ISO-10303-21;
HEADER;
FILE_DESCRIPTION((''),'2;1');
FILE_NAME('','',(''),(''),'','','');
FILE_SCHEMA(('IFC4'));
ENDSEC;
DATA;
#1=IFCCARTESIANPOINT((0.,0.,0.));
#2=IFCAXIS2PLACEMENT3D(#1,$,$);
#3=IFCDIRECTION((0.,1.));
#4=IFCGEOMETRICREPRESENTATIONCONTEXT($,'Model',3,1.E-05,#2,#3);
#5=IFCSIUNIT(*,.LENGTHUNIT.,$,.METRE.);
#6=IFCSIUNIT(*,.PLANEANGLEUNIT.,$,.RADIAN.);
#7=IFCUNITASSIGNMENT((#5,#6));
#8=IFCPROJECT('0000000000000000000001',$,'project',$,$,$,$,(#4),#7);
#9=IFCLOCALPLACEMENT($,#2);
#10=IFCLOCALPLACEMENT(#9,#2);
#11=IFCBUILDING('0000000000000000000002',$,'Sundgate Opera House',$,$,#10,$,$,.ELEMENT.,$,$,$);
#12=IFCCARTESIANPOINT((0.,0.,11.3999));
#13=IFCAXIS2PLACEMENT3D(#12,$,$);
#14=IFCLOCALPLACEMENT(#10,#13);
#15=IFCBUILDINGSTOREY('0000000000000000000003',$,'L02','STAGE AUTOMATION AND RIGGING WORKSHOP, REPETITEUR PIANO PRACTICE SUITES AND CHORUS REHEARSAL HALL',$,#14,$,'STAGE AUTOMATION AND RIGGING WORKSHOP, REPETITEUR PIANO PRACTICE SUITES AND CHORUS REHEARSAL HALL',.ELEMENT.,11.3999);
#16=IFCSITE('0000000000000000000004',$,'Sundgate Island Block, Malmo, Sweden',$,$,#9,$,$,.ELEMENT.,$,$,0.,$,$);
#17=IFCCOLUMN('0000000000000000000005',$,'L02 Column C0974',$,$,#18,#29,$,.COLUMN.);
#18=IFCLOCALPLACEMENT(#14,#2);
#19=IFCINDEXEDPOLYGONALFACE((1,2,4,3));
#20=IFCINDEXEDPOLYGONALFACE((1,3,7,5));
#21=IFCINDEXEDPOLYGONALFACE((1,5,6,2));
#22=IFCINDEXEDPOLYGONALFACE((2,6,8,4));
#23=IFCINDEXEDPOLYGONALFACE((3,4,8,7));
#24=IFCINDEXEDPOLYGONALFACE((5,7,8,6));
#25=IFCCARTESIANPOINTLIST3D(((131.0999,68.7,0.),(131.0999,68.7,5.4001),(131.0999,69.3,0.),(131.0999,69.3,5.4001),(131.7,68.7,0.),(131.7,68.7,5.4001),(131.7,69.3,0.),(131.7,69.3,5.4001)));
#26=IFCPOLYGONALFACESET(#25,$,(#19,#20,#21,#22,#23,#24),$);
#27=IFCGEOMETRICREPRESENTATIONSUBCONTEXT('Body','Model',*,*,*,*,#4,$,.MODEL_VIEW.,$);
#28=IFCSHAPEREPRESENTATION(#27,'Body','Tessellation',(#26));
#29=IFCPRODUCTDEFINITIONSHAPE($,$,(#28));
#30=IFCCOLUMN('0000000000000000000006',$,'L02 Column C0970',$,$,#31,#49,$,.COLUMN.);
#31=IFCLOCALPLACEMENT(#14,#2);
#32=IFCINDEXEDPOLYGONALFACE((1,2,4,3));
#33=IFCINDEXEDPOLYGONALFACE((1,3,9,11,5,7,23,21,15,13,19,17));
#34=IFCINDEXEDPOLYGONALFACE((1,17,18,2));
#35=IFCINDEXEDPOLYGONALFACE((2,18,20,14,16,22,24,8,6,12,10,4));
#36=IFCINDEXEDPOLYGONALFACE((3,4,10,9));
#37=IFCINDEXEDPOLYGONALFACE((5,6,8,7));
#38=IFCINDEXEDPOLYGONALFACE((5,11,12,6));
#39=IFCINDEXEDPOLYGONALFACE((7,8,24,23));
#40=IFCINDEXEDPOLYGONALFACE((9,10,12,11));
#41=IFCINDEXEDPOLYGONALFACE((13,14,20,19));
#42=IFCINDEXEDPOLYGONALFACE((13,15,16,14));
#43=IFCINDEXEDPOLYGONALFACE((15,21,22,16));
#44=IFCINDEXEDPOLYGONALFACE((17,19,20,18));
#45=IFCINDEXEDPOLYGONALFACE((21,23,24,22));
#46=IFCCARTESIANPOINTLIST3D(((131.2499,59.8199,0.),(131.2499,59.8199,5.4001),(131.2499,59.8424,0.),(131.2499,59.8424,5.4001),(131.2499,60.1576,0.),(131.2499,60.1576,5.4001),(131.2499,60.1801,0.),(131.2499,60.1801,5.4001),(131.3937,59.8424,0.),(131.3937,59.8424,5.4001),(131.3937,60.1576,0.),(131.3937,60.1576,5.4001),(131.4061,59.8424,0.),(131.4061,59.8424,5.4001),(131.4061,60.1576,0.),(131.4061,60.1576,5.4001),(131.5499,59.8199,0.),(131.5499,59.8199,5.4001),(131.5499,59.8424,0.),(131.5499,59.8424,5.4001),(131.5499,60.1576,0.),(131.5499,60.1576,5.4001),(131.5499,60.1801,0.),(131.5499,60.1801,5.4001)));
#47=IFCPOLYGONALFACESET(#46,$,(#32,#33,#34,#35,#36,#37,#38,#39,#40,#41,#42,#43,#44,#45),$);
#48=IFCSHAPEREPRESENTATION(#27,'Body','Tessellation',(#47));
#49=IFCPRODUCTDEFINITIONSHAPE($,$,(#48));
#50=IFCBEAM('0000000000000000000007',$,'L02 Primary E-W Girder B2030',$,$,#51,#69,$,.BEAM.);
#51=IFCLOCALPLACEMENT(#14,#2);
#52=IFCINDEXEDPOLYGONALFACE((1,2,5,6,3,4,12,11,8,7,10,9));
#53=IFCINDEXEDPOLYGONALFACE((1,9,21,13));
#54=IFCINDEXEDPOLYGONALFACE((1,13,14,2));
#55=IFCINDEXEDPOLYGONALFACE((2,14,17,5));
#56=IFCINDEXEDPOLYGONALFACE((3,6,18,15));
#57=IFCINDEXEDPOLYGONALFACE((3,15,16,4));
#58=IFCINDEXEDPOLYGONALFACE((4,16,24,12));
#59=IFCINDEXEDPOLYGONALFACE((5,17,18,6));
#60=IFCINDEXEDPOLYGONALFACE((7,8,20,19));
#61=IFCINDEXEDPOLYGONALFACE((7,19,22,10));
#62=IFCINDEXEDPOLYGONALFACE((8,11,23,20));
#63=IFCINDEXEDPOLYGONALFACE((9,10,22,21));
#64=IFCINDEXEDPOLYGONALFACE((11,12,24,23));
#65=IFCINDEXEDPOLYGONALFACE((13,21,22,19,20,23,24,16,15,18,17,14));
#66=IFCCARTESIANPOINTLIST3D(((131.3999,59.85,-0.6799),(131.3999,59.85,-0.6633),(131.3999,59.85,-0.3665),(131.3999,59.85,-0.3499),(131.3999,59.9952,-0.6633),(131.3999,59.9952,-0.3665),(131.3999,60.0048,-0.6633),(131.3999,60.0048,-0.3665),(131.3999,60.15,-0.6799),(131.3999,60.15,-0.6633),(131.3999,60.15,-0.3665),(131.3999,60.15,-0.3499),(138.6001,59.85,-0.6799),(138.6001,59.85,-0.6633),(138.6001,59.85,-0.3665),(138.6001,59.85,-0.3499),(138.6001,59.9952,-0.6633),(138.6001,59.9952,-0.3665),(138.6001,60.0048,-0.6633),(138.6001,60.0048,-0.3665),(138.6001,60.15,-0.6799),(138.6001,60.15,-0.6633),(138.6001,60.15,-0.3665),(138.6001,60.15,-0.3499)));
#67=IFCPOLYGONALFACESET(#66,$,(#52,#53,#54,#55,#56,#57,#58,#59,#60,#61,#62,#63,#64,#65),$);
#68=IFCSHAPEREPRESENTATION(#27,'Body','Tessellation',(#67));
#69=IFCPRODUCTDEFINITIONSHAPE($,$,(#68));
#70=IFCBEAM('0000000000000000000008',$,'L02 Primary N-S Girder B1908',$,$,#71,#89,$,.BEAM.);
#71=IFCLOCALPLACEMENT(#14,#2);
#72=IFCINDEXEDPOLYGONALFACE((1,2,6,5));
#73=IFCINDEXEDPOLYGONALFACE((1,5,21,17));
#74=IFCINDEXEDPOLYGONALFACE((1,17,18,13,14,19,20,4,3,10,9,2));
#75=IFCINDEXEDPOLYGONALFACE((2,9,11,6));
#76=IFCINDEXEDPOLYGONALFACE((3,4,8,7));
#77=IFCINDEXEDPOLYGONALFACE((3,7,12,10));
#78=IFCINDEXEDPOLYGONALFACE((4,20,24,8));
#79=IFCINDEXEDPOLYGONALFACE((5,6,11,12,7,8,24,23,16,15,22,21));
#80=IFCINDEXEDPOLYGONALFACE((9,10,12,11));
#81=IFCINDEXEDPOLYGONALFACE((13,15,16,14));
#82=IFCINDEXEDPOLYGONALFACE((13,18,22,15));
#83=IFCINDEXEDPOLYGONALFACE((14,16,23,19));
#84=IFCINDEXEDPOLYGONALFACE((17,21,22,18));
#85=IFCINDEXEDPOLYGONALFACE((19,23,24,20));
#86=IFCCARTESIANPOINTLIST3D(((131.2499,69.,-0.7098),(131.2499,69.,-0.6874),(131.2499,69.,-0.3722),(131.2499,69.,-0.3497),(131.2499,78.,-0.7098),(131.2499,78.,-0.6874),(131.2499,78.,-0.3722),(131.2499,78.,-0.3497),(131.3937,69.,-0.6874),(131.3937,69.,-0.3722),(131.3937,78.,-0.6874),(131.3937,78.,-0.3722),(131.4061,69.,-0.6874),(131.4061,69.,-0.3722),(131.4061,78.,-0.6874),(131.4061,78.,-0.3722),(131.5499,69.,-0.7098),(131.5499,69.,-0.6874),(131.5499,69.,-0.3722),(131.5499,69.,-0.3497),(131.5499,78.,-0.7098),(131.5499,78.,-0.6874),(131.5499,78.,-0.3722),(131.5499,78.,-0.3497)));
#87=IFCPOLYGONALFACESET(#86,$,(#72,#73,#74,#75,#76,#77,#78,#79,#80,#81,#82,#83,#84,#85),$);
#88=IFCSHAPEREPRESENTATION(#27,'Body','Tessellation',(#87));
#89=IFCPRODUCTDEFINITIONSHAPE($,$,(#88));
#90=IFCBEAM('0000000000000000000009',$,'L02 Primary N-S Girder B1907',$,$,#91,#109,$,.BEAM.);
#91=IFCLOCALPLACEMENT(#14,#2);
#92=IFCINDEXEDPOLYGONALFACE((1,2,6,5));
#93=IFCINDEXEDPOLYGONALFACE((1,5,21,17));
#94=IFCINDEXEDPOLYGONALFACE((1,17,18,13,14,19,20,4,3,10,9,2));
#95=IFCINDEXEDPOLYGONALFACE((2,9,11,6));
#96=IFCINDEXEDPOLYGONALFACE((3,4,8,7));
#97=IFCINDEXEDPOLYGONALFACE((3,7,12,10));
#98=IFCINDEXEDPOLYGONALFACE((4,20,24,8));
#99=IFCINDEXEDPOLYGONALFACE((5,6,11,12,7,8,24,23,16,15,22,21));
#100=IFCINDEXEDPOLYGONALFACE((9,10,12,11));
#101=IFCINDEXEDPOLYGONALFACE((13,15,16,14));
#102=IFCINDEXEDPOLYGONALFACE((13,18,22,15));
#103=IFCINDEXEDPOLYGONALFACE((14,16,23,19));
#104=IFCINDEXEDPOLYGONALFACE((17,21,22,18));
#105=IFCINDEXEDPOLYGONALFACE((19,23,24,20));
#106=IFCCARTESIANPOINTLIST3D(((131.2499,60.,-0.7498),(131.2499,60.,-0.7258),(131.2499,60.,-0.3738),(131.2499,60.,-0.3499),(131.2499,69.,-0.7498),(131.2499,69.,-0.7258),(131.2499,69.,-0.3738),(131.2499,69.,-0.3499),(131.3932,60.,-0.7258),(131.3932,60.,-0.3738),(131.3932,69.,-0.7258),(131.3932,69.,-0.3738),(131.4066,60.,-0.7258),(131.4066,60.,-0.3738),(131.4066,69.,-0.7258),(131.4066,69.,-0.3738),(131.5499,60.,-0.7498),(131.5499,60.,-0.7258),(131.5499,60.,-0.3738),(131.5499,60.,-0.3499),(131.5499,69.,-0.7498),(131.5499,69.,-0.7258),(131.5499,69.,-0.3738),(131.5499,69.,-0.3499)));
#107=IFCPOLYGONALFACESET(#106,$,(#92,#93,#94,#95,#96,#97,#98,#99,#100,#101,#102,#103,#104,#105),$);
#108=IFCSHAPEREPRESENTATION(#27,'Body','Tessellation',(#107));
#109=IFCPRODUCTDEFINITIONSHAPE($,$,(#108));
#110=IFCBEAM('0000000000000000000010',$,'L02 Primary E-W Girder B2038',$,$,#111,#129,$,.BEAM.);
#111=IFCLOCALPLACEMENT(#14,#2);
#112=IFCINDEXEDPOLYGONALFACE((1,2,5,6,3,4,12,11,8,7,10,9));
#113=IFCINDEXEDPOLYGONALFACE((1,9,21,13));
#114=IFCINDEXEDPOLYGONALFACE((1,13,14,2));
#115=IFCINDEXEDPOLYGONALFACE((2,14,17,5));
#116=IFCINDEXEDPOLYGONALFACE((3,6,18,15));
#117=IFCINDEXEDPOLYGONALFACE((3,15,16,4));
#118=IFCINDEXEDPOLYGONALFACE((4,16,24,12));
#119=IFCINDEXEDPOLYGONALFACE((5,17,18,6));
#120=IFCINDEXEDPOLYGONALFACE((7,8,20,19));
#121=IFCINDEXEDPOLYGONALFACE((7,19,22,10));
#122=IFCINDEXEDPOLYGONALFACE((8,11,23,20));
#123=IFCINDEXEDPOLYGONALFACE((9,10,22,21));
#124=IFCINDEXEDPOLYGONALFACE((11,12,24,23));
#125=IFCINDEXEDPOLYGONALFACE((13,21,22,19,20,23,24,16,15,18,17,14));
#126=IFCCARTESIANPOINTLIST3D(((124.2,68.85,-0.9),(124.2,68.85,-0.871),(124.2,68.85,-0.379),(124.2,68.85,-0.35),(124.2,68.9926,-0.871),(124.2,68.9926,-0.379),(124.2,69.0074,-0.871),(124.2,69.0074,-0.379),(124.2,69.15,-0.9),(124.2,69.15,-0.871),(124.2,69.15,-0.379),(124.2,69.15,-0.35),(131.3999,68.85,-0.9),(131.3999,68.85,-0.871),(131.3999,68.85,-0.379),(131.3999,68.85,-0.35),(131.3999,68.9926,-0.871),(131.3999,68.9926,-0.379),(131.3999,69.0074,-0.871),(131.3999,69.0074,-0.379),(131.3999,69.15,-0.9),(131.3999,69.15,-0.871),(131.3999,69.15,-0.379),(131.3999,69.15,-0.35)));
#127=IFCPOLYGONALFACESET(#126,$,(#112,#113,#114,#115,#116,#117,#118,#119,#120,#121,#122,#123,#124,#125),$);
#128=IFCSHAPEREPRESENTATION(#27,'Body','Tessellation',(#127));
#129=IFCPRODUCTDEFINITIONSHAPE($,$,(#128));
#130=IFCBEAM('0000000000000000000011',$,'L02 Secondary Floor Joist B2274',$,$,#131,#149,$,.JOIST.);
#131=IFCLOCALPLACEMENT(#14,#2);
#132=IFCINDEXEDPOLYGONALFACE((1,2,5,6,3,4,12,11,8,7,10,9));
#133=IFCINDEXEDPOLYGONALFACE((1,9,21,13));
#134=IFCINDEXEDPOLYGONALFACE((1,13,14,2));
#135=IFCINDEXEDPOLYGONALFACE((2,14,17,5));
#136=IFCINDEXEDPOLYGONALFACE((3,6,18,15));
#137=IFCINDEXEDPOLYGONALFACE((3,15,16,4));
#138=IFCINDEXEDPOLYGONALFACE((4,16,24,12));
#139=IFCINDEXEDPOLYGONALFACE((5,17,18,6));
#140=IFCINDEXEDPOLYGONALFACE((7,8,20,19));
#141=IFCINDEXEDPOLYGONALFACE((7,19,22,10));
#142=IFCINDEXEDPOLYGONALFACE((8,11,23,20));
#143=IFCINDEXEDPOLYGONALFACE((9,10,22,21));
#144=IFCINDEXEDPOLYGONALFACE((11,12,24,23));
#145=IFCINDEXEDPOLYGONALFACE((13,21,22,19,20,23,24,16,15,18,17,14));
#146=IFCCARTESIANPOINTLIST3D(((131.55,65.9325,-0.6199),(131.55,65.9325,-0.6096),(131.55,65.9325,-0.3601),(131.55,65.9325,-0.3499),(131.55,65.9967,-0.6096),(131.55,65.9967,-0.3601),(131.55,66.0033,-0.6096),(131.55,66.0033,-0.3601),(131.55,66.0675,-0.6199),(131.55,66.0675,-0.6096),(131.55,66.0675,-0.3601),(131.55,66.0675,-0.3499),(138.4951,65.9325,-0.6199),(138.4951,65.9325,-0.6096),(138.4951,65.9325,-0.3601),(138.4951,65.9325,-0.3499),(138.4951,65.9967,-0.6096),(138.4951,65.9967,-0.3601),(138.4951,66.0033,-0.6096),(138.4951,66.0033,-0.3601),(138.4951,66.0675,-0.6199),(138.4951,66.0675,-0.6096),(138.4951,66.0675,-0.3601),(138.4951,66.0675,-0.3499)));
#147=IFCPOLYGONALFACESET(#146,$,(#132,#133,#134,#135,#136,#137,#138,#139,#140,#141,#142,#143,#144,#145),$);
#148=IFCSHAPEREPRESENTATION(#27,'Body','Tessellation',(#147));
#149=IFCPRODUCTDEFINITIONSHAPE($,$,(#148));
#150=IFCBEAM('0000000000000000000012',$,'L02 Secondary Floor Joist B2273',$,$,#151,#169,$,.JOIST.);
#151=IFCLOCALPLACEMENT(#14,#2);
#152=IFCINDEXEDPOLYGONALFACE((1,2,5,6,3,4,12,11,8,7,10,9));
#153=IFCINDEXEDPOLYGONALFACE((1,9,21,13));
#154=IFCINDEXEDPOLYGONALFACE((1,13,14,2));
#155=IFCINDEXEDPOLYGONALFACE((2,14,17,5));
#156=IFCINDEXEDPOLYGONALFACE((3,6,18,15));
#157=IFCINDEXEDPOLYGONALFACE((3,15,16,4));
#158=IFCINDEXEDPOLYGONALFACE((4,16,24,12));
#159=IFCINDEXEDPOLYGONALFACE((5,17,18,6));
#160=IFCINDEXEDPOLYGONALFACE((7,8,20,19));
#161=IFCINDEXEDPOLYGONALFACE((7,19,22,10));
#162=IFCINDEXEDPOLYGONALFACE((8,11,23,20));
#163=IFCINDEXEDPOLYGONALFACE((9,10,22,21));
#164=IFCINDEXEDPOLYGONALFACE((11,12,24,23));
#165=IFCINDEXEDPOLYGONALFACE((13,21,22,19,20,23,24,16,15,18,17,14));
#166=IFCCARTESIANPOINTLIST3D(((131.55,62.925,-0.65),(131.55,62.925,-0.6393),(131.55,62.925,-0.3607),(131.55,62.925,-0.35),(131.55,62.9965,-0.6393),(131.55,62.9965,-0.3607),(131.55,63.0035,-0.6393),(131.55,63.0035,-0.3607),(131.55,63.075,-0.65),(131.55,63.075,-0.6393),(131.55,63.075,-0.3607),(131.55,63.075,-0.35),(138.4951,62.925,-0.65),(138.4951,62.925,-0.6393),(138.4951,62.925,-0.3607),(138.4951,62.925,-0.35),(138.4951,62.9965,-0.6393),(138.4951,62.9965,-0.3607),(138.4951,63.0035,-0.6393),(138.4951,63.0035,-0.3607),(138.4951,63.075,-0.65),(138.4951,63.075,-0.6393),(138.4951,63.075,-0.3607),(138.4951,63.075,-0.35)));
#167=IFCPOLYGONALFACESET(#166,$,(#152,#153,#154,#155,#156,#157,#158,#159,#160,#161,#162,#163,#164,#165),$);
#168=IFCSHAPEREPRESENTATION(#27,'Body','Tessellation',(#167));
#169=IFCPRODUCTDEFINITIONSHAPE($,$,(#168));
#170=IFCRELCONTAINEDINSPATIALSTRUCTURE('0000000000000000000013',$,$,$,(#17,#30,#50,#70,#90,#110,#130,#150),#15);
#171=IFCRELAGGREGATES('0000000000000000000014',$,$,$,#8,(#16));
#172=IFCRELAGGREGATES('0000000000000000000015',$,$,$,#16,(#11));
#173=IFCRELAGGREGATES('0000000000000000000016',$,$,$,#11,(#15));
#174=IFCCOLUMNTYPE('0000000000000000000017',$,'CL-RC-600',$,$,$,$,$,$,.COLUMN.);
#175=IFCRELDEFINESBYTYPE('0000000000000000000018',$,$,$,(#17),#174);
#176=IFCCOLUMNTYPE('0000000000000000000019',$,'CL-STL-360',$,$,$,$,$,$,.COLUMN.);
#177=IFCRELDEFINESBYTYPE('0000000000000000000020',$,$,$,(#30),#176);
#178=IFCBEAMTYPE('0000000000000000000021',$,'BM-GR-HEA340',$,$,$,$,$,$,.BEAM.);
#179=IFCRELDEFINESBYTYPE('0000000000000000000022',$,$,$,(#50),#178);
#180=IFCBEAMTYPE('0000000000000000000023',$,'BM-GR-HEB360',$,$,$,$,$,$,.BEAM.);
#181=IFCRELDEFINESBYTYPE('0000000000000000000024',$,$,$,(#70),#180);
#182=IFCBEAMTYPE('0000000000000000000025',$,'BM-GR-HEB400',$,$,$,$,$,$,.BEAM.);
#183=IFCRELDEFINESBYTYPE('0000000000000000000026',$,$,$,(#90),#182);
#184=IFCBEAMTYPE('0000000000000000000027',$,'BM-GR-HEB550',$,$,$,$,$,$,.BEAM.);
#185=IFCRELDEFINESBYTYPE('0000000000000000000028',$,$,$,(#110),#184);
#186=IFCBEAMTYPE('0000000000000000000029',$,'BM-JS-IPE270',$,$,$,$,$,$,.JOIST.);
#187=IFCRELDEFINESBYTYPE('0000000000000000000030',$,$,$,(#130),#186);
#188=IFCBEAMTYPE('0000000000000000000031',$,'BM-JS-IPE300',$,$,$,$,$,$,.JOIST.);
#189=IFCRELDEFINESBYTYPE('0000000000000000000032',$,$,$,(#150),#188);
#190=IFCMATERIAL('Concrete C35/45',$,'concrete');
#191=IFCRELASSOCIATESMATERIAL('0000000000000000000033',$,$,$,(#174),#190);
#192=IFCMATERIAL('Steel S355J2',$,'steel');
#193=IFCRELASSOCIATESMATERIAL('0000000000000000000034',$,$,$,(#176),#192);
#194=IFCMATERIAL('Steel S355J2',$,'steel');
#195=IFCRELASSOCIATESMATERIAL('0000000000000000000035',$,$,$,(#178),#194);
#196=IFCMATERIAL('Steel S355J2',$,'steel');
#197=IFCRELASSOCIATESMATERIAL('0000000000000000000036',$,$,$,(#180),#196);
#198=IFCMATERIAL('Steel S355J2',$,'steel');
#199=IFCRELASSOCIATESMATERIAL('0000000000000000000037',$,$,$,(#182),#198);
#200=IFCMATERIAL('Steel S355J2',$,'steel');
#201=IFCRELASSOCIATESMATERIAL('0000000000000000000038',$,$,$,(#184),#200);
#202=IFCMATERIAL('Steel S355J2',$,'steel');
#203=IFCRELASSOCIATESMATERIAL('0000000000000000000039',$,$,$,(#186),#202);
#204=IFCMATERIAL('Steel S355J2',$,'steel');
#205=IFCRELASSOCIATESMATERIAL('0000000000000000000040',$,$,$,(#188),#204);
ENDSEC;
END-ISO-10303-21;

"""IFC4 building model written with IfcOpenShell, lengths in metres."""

from ifc_helpers import new_model, si_unit, direction, frame, origin, origin_2d, place, context, subcontext, project, spatial, rectangle, i_section, extrude, material, material_profile, profile_set, type_object, element, save


model = new_model("IFC4")

# Units and contexts
model_context = context("Model", 3, precision=1e-05, world=origin(), true_north=direction((0.0, 1.0)))
body_context = subcontext(model_context, "Body", "Model", "MODEL_VIEW")
ifc_project = project(units=[si_unit("LENGTHUNIT", "METRE"), si_unit("PLANEANGLEUNIT", "RADIAN")], contexts=[model_context])

# Site, building, storey
site_placement = place(None, origin())
site = spatial("IfcSite", under=ifc_project, at=site_placement, Name="Sundgate Island Block, Malmo, Sweden", CompositionType="ELEMENT", RefElevation=0.0)
building_placement = place(site_placement, origin())
building = spatial("IfcBuilding", under=site, at=building_placement, Name="Sundgate Opera House", CompositionType="ELEMENT")
storey_placement = place(building_placement, frame((0.0, 0.0, 11.3999)))
storey = spatial("IfcBuildingStorey", under=building, at=storey_placement, Name="L02", Description="STAGE AUTOMATION AND RIGGING WORKSHOP, REPETITEUR PIANO PRACTICE SUITES AND CHORUS REHEARSAL HALL", LongName="STAGE AUTOMATION AND RIGGING WORKSHOP, REPETITEUR PIANO PRACTICE SUITES AND CHORUS REHEARSAL HALL", CompositionType="ELEMENT", Elevation=11.3999)

# Columns
ifc_material_1 = material(Name="Concrete C35/45", Category="concrete")
ifc_material_profile_1 = material_profile(ifc_material_1, rectangle(XDim=0.6001, YDim=0.6001, at=origin_2d()), Name="RC 600x600")
ifc_profile_set_1 = profile_set([ifc_material_profile_1], Name="Concrete C35/45")
column_type_1 = type_object("IfcColumnType", Name="CL-RC-600", PredefinedType="COLUMN", material=ifc_profile_set_1)
column_1_placement = place(storey_placement, frame((131.3999, 69.0, 0.0), z_axis=(0.0, 0.0, 1.0), x_axis=(1.0, 0.0, 0.0)))
element("IfcColumn", 1, at=column_1_placement, inside=storey, type_object=column_type_1, Name="L02 Column C0974", PredefinedType="COLUMN", context=body_context, shape_type="SweptSolid", body=[
    extrude(rectangle(XDim=0.6001, YDim=0.6001, at=origin_2d()), origin(), (0.0, 0.0, 1.0), 5.4001),
])
ifc_material_2 = material(Name="Steel S355J2", Category="steel")
ifc_material_profile_2 = material_profile(ifc_material_2, i_section(OverallWidth=0.3, OverallDepth=0.3601, WebThickness=0.0125, FlangeThickness=0.0225, at=origin_2d()), Name="HEB 360")
ifc_profile_set_2 = profile_set([ifc_material_profile_2], Name="Steel S355J2")
column_type_2 = type_object("IfcColumnType", Name="CL-STL-360", PredefinedType="COLUMN", material=ifc_profile_set_2)
column_2_placement = place(storey_placement, frame((131.3999, 60.0, 0.0), z_axis=(0.0, 0.0, 1.0), x_axis=(1.0, 0.0, 0.0)))
element("IfcColumn", 2, at=column_2_placement, inside=storey, type_object=column_type_2, Name="L02 Column C0970", PredefinedType="COLUMN", context=body_context, shape_type="SweptSolid", body=[
    extrude(i_section(OverallWidth=0.3, OverallDepth=0.3601, WebThickness=0.0125, FlangeThickness=0.0225, at=origin_2d()), origin(), (0.0, 0.0, 1.0), 5.4001),
])

# Beams
ifc_material_3 = material(Name="Steel S355J2", Category="steel")
ifc_material_profile_3 = material_profile(ifc_material_3, i_section(OverallWidth=0.3, OverallDepth=0.3301, WebThickness=0.0095, FlangeThickness=0.0166, at=origin_2d()), Name="HEA 340")
ifc_profile_set_3 = profile_set([ifc_material_profile_3], Name="Steel S355J2")
beam_type_1 = type_object("IfcBeamType", Name="BM-GR-HEA340", PredefinedType="BEAM", material=ifc_profile_set_3)
beam_1_placement = place(storey_placement, frame((131.3999, 60.0, -0.5149), z_axis=(1.0, 0.0, 0.0), x_axis=(0.0, 1.0, 0.0)))
element("IfcBeam", 3, at=beam_1_placement, inside=storey, type_object=beam_type_1, Name="L02 Primary E-W Girder B2030", PredefinedType="BEAM", context=body_context, shape_type="SweptSolid", body=[
    extrude(i_section(OverallWidth=0.3, OverallDepth=0.3301, WebThickness=0.0095, FlangeThickness=0.0166, at=origin_2d()), origin(), (0.0, 0.0, 1.0), 7.2002),
])
ifc_material_4 = material(Name="Steel S355J2", Category="steel")
ifc_material_profile_4 = material_profile(ifc_material_4, i_section(OverallWidth=0.3, OverallDepth=0.3601, WebThickness=0.0125, FlangeThickness=0.0225, at=origin_2d()), Name="HEB 360")
ifc_profile_set_4 = profile_set([ifc_material_profile_4], Name="Steel S355J2")
beam_type_2 = type_object("IfcBeamType", Name="BM-GR-HEB360", PredefinedType="BEAM", material=ifc_profile_set_4)
beam_2_placement = place(storey_placement, frame((131.3999, 69.0, -0.5298), z_axis=(0.0, 1.0, 0.0), x_axis=(-1.0, 0.0, 0.0)))
element("IfcBeam", 4, at=beam_2_placement, inside=storey, type_object=beam_type_2, Name="L02 Primary N-S Girder B1908", PredefinedType="BEAM", context=body_context, shape_type="SweptSolid", body=[
    extrude(i_section(OverallWidth=0.3, OverallDepth=0.3601, WebThickness=0.0125, FlangeThickness=0.0225, at=origin_2d()), origin(), (0.0, 0.0, 1.0), 9.0),
])
ifc_material_5 = material(Name="Steel S355J2", Category="steel")
ifc_material_profile_5 = material_profile(ifc_material_5, i_section(OverallWidth=0.3, OverallDepth=0.3999, WebThickness=0.0134, FlangeThickness=0.0239, at=origin_2d()), Name="HEB 400")
ifc_profile_set_5 = profile_set([ifc_material_profile_5], Name="Steel S355J2")
beam_type_3 = type_object("IfcBeamType", Name="BM-GR-HEB400", PredefinedType="BEAM", material=ifc_profile_set_5)
beam_3_placement = place(storey_placement, frame((131.3999, 60.0, -0.5498), z_axis=(0.0, 1.0, 0.0), x_axis=(-1.0, 0.0, 0.0)))
element("IfcBeam", 5, at=beam_3_placement, inside=storey, type_object=beam_type_3, Name="L02 Primary N-S Girder B1907", PredefinedType="BEAM", context=body_context, shape_type="SweptSolid", body=[
    extrude(i_section(OverallWidth=0.3, OverallDepth=0.3999, WebThickness=0.0134, FlangeThickness=0.0239, at=origin_2d()), origin(), (0.0, 0.0, 1.0), 9.0),
])
ifc_material_6 = material(Name="Steel S355J2", Category="steel")
ifc_material_profile_6 = material_profile(ifc_material_6, i_section(OverallWidth=0.3, OverallDepth=0.55, WebThickness=0.0149, FlangeThickness=0.0291, at=origin_2d()), Name="HEB 550")
ifc_profile_set_6 = profile_set([ifc_material_profile_6], Name="Steel S355J2")
beam_type_4 = type_object("IfcBeamType", Name="BM-GR-HEB550", PredefinedType="BEAM", material=ifc_profile_set_6)
beam_4_placement = place(storey_placement, frame((124.2, 69.0, -0.625), z_axis=(1.0, 0.0, 0.0), x_axis=(0.0, 1.0, 0.0)))
element("IfcBeam", 6, at=beam_4_placement, inside=storey, type_object=beam_type_4, Name="L02 Primary E-W Girder B2038", PredefinedType="BEAM", context=body_context, shape_type="SweptSolid", body=[
    extrude(i_section(OverallWidth=0.3, OverallDepth=0.55, WebThickness=0.0149, FlangeThickness=0.0291, at=origin_2d()), origin(), (0.0, 0.0, 1.0), 7.2),
])
ifc_material_7 = material(Name="Steel S355J2", Category="steel")
ifc_material_profile_7 = material_profile(ifc_material_7, i_section(OverallWidth=0.135, OverallDepth=0.27, WebThickness=0.0066, FlangeThickness=0.0103, at=origin_2d()), Name="IPE 270")
ifc_profile_set_7 = profile_set([ifc_material_profile_7], Name="Steel S355J2")
beam_type_5 = type_object("IfcBeamType", Name="BM-JS-IPE270", PredefinedType="JOIST", material=ifc_profile_set_7)
beam_5_placement = place(storey_placement, frame((131.55, 66.0, -0.4849), z_axis=(1.0, 0.0, 0.0), x_axis=(0.0, 1.0, 0.0)))
element("IfcBeam", 7, at=beam_5_placement, inside=storey, type_object=beam_type_5, Name="L02 Secondary Floor Joist B2274", PredefinedType="JOIST", context=body_context, shape_type="SweptSolid", body=[
    extrude(i_section(OverallWidth=0.135, OverallDepth=0.27, WebThickness=0.0066, FlangeThickness=0.0103, at=origin_2d()), origin(), (0.0, 0.0, 1.0), 6.9451),
])
ifc_material_8 = material(Name="Steel S355J2", Category="steel")
ifc_material_profile_8 = material_profile(ifc_material_8, i_section(OverallWidth=0.1499, OverallDepth=0.3, WebThickness=0.0071, FlangeThickness=0.0107, at=origin_2d()), Name="IPE 300")
ifc_profile_set_8 = profile_set([ifc_material_profile_8], Name="Steel S355J2")
beam_type_6 = type_object("IfcBeamType", Name="BM-JS-IPE300", PredefinedType="JOIST", material=ifc_profile_set_8)
beam_6_placement = place(storey_placement, frame((131.55, 63.0, -0.5), z_axis=(1.0, 0.0, 0.0), x_axis=(0.0, 1.0, 0.0)))
element("IfcBeam", 8, at=beam_6_placement, inside=storey, type_object=beam_type_6, Name="L02 Secondary Floor Joist B2273", PredefinedType="JOIST", context=body_context, shape_type="SweptSolid", body=[
    extrude(i_section(OverallWidth=0.1499, OverallDepth=0.3, WebThickness=0.0071, FlangeThickness=0.0107, at=origin_2d()), origin(), (0.0, 0.0, 1.0), 6.9451),
])

save(model, "model.ifc")
